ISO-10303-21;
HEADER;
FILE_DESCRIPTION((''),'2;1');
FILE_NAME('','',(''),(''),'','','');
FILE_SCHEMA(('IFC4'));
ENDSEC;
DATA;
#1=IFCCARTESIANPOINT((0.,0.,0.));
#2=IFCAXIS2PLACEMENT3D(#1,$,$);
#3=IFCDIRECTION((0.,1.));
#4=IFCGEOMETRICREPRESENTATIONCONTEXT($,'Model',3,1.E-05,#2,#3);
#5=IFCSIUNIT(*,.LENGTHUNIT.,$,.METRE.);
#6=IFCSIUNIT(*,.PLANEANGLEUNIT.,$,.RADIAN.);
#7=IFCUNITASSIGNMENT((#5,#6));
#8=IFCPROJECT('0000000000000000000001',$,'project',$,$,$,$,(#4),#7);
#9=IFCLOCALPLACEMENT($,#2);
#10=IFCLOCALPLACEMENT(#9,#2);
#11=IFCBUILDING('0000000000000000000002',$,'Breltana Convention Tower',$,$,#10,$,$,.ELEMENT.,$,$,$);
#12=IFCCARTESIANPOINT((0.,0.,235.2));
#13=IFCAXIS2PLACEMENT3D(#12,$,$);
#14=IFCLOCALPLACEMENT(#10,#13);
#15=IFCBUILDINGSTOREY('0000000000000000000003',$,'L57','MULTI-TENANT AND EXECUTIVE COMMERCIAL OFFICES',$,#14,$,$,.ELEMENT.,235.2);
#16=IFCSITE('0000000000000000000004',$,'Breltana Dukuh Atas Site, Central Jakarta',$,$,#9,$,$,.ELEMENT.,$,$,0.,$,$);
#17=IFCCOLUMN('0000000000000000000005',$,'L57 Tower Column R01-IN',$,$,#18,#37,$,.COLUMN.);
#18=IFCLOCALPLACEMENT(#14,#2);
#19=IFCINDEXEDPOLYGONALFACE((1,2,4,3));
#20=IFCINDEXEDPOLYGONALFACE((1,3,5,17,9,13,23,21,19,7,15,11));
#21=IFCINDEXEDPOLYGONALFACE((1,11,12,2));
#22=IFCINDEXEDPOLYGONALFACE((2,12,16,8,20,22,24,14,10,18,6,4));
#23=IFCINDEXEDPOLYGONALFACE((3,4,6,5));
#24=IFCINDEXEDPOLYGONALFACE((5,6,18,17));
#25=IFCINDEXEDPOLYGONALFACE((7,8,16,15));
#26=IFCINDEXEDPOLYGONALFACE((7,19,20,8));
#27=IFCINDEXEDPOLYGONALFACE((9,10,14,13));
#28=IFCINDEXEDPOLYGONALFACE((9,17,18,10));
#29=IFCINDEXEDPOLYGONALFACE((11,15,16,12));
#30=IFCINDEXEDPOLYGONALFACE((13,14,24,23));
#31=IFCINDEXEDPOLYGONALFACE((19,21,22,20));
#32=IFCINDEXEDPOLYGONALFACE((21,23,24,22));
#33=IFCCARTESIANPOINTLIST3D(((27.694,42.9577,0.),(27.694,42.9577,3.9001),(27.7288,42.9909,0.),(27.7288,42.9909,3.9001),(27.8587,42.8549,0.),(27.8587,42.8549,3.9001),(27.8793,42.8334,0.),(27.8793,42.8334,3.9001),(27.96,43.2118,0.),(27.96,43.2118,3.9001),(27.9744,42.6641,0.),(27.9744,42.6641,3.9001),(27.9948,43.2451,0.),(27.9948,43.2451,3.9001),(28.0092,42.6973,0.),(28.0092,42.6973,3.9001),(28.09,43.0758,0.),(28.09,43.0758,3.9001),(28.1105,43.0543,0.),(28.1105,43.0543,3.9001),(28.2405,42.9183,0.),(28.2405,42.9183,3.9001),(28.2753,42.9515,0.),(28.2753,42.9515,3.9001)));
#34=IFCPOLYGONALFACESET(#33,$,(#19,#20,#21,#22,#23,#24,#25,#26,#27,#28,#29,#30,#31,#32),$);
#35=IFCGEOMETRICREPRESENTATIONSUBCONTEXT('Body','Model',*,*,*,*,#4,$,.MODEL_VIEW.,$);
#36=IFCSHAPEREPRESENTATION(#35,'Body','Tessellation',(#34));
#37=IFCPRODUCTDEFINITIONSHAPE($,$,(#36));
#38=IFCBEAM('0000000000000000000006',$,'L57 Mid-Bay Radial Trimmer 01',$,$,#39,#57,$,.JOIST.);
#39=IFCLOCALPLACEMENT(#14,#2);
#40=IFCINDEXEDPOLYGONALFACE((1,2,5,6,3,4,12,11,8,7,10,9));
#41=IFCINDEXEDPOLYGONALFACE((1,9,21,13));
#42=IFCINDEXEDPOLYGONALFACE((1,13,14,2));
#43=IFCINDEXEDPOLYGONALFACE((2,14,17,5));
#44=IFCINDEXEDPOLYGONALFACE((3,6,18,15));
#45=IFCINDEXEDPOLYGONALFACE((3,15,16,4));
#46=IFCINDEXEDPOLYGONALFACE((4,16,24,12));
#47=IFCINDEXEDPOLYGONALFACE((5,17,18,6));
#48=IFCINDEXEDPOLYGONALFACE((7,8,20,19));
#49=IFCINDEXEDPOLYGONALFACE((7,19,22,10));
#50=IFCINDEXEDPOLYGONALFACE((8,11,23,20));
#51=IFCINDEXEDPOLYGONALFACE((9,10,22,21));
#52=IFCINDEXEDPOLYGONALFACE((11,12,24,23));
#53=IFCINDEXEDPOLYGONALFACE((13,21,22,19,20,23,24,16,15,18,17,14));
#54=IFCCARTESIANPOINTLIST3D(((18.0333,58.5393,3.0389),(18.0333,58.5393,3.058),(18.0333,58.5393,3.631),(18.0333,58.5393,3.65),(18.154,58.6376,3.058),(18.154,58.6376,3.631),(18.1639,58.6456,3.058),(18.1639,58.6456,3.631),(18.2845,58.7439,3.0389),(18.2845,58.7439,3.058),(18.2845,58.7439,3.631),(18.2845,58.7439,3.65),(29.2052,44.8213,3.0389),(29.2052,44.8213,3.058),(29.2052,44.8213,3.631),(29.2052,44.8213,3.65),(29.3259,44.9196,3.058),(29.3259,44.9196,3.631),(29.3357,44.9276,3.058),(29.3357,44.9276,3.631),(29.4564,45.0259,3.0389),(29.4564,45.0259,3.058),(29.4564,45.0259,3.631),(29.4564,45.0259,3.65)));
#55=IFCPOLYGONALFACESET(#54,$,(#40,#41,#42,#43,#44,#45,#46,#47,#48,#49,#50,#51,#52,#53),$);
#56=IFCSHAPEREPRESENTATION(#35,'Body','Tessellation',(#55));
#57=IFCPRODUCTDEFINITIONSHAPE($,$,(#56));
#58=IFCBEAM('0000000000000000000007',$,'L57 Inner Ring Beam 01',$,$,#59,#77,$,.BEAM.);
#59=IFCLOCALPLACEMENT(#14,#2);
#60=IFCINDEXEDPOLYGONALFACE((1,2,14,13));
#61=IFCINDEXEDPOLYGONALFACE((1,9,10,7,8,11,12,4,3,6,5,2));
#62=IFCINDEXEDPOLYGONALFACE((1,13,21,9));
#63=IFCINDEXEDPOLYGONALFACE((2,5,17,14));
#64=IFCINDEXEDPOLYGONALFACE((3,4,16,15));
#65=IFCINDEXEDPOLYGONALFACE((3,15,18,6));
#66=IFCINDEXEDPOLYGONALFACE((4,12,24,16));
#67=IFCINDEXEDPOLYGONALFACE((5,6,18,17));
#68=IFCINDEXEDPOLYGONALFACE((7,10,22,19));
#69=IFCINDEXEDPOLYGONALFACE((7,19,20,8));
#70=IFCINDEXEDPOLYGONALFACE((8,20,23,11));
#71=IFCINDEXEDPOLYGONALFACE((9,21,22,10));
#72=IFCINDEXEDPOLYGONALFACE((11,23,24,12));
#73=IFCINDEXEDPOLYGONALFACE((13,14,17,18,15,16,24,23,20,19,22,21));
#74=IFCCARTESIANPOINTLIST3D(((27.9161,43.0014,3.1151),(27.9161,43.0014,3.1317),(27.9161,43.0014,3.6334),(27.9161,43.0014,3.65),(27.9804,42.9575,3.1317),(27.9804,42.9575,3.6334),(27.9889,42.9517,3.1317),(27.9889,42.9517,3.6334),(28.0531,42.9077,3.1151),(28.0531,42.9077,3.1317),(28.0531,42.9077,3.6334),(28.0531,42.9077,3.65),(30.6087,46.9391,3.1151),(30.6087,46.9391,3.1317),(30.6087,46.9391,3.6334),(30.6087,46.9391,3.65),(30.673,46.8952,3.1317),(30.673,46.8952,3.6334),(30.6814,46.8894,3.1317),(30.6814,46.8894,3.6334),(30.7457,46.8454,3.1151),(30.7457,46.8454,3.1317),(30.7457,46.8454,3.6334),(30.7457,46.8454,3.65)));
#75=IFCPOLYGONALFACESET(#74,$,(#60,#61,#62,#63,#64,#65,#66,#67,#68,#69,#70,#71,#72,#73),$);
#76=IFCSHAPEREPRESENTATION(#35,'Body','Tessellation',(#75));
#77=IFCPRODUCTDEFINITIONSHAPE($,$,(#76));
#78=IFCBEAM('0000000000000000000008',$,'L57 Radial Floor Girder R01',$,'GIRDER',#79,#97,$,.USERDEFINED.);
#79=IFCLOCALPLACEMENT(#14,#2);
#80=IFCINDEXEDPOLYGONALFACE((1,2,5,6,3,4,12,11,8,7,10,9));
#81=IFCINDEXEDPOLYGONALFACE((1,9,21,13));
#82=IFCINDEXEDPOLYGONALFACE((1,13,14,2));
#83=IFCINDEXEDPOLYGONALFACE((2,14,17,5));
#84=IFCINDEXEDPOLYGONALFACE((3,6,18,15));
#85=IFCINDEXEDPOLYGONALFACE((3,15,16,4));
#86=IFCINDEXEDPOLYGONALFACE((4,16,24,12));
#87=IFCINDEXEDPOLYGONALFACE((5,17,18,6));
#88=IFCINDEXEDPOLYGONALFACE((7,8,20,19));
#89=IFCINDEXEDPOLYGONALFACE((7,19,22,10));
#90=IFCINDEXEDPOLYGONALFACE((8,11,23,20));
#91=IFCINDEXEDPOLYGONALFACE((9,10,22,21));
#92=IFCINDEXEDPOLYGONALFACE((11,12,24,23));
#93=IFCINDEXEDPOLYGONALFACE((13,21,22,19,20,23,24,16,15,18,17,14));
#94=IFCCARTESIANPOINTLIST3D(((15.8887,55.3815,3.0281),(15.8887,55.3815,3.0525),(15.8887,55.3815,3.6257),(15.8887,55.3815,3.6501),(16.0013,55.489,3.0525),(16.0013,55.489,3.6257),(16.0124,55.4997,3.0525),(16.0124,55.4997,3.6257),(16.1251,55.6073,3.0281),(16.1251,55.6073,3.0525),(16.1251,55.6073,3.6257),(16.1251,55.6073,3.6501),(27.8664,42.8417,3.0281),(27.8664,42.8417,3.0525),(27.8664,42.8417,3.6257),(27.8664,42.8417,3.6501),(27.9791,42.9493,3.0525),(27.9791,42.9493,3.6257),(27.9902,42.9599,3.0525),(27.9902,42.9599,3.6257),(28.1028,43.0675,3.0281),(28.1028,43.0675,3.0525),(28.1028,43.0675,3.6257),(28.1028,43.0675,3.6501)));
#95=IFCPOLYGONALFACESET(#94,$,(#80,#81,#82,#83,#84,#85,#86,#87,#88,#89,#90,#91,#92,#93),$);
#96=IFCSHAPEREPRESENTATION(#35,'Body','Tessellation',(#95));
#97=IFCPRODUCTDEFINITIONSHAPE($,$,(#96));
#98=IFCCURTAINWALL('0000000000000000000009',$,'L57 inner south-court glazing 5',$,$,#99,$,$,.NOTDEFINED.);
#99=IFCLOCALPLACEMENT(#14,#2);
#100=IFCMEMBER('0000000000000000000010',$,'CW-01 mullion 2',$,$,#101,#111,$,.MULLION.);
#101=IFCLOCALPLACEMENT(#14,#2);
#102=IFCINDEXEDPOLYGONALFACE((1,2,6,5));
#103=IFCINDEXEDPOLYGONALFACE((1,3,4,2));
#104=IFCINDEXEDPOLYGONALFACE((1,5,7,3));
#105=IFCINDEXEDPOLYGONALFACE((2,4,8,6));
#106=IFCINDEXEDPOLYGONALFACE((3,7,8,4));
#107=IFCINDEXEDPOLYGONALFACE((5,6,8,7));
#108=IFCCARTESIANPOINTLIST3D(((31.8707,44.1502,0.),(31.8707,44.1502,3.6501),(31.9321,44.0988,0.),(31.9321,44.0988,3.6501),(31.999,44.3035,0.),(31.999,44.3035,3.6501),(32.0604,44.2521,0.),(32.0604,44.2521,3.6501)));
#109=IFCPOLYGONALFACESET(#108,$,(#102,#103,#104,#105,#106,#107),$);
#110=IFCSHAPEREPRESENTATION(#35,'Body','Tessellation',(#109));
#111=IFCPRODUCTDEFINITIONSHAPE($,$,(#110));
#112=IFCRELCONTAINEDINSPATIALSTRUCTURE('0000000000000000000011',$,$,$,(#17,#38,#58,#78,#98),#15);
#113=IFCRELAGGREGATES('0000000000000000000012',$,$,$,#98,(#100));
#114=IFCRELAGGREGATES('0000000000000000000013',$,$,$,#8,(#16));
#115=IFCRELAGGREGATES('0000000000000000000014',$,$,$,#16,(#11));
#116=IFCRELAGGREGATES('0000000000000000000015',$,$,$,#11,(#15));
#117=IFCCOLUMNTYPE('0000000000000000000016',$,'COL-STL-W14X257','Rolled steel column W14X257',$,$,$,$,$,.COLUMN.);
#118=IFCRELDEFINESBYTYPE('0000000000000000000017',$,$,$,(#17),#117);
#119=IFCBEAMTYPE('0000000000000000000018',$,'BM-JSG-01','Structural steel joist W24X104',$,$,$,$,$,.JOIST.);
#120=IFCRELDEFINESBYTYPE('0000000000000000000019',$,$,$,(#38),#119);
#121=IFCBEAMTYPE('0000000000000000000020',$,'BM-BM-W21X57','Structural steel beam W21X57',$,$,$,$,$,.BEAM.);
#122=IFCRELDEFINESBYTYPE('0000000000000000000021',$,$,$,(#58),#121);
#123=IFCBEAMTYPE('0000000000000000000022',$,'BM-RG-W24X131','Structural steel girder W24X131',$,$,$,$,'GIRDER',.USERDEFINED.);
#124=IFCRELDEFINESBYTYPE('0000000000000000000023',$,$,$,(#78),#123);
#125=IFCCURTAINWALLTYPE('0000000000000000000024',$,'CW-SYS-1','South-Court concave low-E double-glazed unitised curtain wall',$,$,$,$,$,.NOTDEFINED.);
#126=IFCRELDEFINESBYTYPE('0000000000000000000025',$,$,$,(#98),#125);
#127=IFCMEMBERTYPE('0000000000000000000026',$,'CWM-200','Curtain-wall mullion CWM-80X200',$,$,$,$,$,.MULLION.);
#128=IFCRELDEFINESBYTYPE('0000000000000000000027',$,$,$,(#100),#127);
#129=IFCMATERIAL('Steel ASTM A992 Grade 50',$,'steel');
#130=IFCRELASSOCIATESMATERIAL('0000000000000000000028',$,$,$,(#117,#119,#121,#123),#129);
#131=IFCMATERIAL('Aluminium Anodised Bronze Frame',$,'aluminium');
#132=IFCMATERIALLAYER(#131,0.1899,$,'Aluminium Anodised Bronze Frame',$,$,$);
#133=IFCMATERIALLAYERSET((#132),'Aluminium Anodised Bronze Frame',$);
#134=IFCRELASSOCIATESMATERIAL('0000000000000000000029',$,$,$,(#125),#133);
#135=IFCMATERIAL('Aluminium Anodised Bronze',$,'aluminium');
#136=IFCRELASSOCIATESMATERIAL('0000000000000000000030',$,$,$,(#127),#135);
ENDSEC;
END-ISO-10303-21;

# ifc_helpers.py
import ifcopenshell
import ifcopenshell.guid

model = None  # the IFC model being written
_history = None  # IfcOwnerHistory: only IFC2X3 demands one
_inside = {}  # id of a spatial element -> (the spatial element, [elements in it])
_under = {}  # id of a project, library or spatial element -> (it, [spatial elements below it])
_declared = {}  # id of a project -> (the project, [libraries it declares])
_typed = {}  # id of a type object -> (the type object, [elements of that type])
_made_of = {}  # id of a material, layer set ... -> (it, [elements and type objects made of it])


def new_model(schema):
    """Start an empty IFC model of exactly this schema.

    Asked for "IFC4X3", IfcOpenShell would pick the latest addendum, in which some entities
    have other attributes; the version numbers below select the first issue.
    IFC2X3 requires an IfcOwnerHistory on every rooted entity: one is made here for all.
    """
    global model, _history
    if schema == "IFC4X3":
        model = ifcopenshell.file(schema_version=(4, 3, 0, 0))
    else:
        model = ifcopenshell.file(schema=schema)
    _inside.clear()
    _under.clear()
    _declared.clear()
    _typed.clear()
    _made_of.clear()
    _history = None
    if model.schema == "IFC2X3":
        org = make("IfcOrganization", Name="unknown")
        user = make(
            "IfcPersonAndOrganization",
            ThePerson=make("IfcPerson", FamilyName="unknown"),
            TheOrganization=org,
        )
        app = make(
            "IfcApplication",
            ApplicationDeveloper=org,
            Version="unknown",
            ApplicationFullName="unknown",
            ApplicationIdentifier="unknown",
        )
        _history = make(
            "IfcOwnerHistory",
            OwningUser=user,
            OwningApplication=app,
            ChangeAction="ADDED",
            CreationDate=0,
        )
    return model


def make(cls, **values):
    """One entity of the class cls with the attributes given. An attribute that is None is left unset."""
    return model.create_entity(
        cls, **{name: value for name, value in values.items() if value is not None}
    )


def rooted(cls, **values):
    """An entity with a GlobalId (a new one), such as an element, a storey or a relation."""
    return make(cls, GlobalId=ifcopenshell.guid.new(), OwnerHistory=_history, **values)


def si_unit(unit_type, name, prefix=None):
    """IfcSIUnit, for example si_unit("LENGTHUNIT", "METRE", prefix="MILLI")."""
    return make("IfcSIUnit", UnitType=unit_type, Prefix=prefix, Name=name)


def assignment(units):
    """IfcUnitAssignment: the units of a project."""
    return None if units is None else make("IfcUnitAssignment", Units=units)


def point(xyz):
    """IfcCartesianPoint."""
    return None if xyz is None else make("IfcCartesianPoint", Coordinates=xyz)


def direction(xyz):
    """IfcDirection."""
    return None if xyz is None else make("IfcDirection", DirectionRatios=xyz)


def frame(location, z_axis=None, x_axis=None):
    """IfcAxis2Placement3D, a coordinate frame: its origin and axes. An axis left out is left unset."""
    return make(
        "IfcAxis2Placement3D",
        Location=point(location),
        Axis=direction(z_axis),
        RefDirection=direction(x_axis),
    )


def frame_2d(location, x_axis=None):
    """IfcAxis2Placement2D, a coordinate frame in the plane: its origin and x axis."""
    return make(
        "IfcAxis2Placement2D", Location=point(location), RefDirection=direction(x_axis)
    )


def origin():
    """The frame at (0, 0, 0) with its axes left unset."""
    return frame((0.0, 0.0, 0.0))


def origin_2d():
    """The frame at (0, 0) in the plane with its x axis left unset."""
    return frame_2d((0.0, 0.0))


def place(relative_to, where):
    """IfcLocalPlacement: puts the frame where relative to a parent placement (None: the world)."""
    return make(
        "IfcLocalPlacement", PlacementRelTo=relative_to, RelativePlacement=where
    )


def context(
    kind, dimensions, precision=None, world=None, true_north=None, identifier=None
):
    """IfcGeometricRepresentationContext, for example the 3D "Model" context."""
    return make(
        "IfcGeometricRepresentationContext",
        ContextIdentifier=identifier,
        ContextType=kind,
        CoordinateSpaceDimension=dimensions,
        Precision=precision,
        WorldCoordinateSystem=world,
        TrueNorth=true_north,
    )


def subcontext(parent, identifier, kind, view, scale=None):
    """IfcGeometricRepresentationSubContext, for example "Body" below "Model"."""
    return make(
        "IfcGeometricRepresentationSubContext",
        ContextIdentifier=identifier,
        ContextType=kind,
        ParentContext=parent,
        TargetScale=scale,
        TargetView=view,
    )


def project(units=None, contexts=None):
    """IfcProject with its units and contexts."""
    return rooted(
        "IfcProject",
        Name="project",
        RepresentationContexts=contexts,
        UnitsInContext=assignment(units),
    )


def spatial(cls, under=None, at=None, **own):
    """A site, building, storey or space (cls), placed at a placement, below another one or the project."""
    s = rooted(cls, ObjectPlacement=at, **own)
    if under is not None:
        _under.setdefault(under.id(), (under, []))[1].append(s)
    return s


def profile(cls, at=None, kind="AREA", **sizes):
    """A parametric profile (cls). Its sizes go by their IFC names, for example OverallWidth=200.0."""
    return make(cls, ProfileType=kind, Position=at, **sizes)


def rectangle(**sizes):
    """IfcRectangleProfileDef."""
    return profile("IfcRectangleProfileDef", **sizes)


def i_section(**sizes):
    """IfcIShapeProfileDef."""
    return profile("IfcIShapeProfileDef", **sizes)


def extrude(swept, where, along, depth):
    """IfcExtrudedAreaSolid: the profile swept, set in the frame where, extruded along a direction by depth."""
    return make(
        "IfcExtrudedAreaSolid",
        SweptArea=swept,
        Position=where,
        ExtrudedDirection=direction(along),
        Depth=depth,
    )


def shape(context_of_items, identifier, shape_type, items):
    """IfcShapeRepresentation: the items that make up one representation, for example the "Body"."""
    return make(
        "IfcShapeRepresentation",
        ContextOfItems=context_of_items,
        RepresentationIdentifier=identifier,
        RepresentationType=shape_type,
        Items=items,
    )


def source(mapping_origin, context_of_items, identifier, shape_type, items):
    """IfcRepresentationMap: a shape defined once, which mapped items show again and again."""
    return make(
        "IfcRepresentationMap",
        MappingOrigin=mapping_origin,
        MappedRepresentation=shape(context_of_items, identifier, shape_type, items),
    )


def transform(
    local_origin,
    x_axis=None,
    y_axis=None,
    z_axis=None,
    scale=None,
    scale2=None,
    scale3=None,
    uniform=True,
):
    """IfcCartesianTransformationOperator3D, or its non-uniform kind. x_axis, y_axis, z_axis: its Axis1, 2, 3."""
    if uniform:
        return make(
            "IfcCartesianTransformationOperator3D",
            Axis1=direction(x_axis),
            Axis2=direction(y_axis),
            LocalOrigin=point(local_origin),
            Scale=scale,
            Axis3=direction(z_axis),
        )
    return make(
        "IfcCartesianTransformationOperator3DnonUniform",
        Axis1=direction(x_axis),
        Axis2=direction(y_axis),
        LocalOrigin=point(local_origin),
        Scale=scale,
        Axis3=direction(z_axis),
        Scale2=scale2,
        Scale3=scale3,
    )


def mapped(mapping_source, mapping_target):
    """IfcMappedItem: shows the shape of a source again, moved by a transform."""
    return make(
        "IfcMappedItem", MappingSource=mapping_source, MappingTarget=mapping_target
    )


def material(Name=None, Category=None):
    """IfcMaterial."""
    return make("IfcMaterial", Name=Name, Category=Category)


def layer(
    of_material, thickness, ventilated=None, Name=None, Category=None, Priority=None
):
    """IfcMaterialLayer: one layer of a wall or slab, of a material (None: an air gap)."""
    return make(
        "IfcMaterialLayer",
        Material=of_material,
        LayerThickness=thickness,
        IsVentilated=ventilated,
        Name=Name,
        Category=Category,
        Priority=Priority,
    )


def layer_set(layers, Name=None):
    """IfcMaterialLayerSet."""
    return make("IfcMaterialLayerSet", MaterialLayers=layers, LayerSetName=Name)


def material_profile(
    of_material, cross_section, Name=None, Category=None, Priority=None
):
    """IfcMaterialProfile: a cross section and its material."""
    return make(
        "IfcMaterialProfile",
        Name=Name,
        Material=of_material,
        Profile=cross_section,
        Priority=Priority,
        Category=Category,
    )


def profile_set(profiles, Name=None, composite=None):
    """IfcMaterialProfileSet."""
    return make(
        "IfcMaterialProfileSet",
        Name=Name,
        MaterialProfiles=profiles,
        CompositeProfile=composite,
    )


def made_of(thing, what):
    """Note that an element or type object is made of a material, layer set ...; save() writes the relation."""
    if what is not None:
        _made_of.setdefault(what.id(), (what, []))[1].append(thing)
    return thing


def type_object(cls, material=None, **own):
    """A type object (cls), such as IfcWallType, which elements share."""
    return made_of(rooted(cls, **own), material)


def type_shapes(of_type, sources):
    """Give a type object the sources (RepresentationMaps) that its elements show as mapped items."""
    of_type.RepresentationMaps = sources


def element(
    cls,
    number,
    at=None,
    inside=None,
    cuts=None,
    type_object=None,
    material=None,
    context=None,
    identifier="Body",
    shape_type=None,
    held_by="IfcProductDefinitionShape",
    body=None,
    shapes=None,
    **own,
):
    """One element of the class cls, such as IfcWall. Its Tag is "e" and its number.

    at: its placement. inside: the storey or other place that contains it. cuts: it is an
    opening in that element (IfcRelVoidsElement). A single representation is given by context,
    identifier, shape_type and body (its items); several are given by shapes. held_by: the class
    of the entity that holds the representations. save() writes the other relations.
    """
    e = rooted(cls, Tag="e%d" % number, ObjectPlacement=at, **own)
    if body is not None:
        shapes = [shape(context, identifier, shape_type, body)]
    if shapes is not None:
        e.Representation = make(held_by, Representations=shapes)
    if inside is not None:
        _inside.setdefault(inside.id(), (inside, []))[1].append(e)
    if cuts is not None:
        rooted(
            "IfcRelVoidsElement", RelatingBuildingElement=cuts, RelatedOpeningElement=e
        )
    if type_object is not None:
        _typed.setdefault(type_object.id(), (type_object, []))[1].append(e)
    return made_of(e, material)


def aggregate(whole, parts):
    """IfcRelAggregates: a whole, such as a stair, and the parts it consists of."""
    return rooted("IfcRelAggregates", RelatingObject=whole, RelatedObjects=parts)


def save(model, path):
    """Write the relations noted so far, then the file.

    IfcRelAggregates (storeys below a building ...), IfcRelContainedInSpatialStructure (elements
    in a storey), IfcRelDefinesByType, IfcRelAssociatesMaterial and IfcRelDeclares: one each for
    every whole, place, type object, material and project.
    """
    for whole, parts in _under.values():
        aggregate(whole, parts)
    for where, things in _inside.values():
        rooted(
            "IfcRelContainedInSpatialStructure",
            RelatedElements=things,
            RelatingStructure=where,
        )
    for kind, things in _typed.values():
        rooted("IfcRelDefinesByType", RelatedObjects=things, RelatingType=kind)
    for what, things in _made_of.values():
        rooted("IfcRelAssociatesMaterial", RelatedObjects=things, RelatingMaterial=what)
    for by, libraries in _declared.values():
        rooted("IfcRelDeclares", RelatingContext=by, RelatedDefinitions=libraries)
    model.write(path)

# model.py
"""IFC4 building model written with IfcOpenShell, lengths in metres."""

from ifc_helpers import new_model, si_unit, direction, frame, origin, origin_2d, place, context, subcontext, project, spatial, rectangle, i_section, extrude, source, transform, mapped, material, layer, layer_set, material_profile, profile_set, type_object, type_shapes, element, aggregate, save


model = new_model("IFC4")

# Units and contexts
model_context = context("Model", 3, precision=1e-05, world=origin(), true_north=direction((0.0, 1.0)))
body_context = subcontext(model_context, "Body", "Model", "MODEL_VIEW")
ifc_project = project(units=[si_unit("LENGTHUNIT", "METRE"), si_unit("PLANEANGLEUNIT", "RADIAN")], contexts=[model_context])

# Site, building, storey
site_placement = place(None, origin())
site = spatial("IfcSite", under=ifc_project, at=site_placement, Name="Breltana Dukuh Atas Site, Central Jakarta", CompositionType="ELEMENT", RefElevation=0.0)
building_placement = place(site_placement, origin())
building = spatial("IfcBuilding", under=site, at=building_placement, Name="Breltana Convention Tower", CompositionType="ELEMENT")
storey_placement = place(building_placement, frame((0.0, 0.0, 235.2)))
storey = spatial("IfcBuildingStorey", under=building, at=storey_placement, Name="L57", Description="MULTI-TENANT AND EXECUTIVE COMMERCIAL OFFICES", CompositionType="ELEMENT", Elevation=235.2)

# Column
ifc_material_1 = material(Name="Steel ASTM A992 Grade 50", Category="steel")
ifc_material_profile_1 = material_profile(ifc_material_1, i_section(OverallWidth=0.406, OverallDepth=0.416, WebThickness=0.0298, FlangeThickness=0.0481, at=origin_2d()), Name="W14X257")
ifc_profile_set_1 = profile_set([ifc_material_profile_1], Name="Steel ASTM A992 Grade 50")
column_type = type_object("IfcColumnType", Name="COL-STL-W14X257", Description="Rolled steel column W14X257", PredefinedType="COLUMN", material=ifc_profile_set_1)
shared_shape_1 = source(origin(), body_context, "Body", "SweptSolid", [
    extrude(i_section(OverallWidth=0.406, OverallDepth=0.416, WebThickness=0.0298, FlangeThickness=0.0481, at=origin_2d()), origin(), (0.0, 0.0, 1.0), 3.9001),
])
column_placement = place(storey_placement, frame((27.9846, 42.9546, 0.0), z_axis=(0.0, 0.0, 1.0), x_axis=(-0.690756, 0.723088, 0.0)))
element("IfcColumn", 1, at=column_placement, inside=storey, type_object=column_type, Name="L57 Tower Column R01-IN", PredefinedType="COLUMN", context=body_context, shape_type="MappedRepresentation", body=[
    mapped(shared_shape_1, transform((0.0, 0.0, 0.0), scale=1.0)),
])

# Beams
ifc_material_profile_2 = material_profile(ifc_material_1, i_section(OverallWidth=0.324, OverallDepth=0.6111, WebThickness=0.0127, FlangeThickness=0.019, at=origin_2d()), Name="W24X104")
ifc_profile_set_2 = profile_set([ifc_material_profile_2], Name="Steel ASTM A992 Grade 50")
beam_type_1 = type_object("IfcBeamType", Name="BM-JSG-01", Description="Structural steel joist W24X104", PredefinedType="JOIST", material=ifc_profile_set_2)
shared_shape_2 = source(origin(), body_context, "Body", "SweptSolid", [
    extrude(i_section(OverallWidth=0.324, OverallDepth=0.6111, WebThickness=0.0127, FlangeThickness=0.019, at=origin_2d()), origin(), (0.0, 0.0, 1.0), 17.6917),
])
type_shapes(beam_type_1, [shared_shape_2])
beam_1_placement = place(storey_placement, frame((29.3308, 44.9236, 3.3445), z_axis=(-0.631477, 0.775395, 0.0), x_axis=(-0.775395, -0.631477, 0.0)))
element("IfcBeam", 2, at=beam_1_placement, inside=storey, type_object=beam_type_1, Name="L57 Mid-Bay Radial Trimmer 01", PredefinedType="JOIST", context=body_context, shape_type="MappedRepresentation", body=[
    mapped(shared_shape_2, transform((0.0, 0.0, 0.0), scale=1.0)),
])
ifc_material_profile_3 = material_profile(ifc_material_1, i_section(OverallWidth=0.166, OverallDepth=0.5349, WebThickness=0.0103, FlangeThickness=0.0166, at=origin_2d()), Name="W21X57")
ifc_profile_set_3 = profile_set([ifc_material_profile_3], Name="Steel ASTM A992 Grade 50")
beam_type_2 = type_object("IfcBeamType", Name="BM-BM-W21X57", Description="Structural steel beam W21X57", PredefinedType="BEAM", material=ifc_profile_set_3)
shared_shape_3 = source(origin(), body_context, "Body", "SweptSolid", [
    extrude(i_section(OverallWidth=0.166, OverallDepth=0.5349, WebThickness=0.0103, FlangeThickness=0.0166, at=origin_2d()), origin(), (0.0, 0.0, 1.0), 4.7703),
])
beam_2_placement = place(storey_placement, frame((27.9846, 42.9546, 3.3826), z_axis=(0.564453, 0.825465, 0.0), x_axis=(-0.825465, 0.564453, 0.0)))
element("IfcBeam", 3, at=beam_2_placement, inside=storey, type_object=beam_type_2, Name="L57 Inner Ring Beam 01", PredefinedType="BEAM", context=body_context, shape_type="MappedRepresentation", body=[
    mapped(shared_shape_3, transform((0.0, 0.0, 0.0), scale=1.0)),
])
ifc_material_profile_4 = material_profile(ifc_material_1, i_section(OverallWidth=0.3269, OverallDepth=0.6221, WebThickness=0.0154, FlangeThickness=0.0244, at=origin_2d()), Name="W24X131")
ifc_profile_set_4 = profile_set([ifc_material_profile_4], Name="Steel ASTM A992 Grade 50")
beam_type_3 = type_object("IfcBeamType", Name="BM-RG-W24X131", Description="Structural steel girder W24X131", ElementType="GIRDER", PredefinedType="USERDEFINED", material=ifc_profile_set_4)
shared_shape_4 = source(origin(), body_context, "Body", "SweptSolid", [
    extrude(i_section(OverallWidth=0.3269, OverallDepth=0.6221, WebThickness=0.0154, FlangeThickness=0.0244, at=origin_2d()), origin(), (0.0, 0.0, 1.0), 17.3411),
])
type_shapes(beam_type_3, [shared_shape_4])
beam_3_placement = place(storey_placement, frame((27.9846, 42.9546, 3.3391), z_axis=(-0.690716, 0.723126, 0.0), x_axis=(-0.723126, -0.690716, 0.0)))
element("IfcBeam", 4, at=beam_3_placement, inside=storey, type_object=beam_type_3, Name="L57 Radial Floor Girder R01", ObjectType="GIRDER", PredefinedType="USERDEFINED", context=body_context, shape_type="MappedRepresentation", body=[
    mapped(shared_shape_4, transform((0.0, 0.0, 0.0), scale=1.0)),
])

# Curtain wall, member
ifc_material_2 = material(Name="Aluminium Anodised Bronze Frame", Category="aluminium")
ifc_layer_1 = layer(ifc_material_2, 0.1899, Name="Aluminium Anodised Bronze Frame")
ifc_layer_set_1 = layer_set([ifc_layer_1], Name="Aluminium Anodised Bronze Frame")
curtain_wall_type = type_object("IfcCurtainWallType", Name="CW-SYS-1", Description="South-Court concave low-E double-glazed unitised curtain wall", PredefinedType="NOTDEFINED", material=ifc_layer_set_1)
curtain_wall_placement = place(storey_placement, origin())
curtain_wall = element("IfcCurtainWall", 5, at=curtain_wall_placement, inside=storey, type_object=curtain_wall_type, Name="L57 inner south-court glazing 5", PredefinedType="NOTDEFINED")
ifc_material_3 = material(Name="Aluminium Anodised Bronze", Category="aluminium")
ifc_material_profile_5 = material_profile(ifc_material_3, rectangle(XDim=0.0801, YDim=0.2, at=origin_2d()), Name="CWM-80X200")
ifc_profile_set_5 = profile_set([ifc_material_profile_5], Name="Aluminium Anodised Bronze")
member_type = type_object("IfcMemberType", Name="CWM-200", Description="Curtain-wall mullion CWM-80X200", PredefinedType="MULLION", material=ifc_profile_set_5)
shared_shape_5 = source(origin(), body_context, "Body", "SweptSolid", [
    extrude(rectangle(XDim=0.0801, YDim=0.2, at=origin_2d()), origin(), (0.0, 0.0, 1.0), 3.6501),
])
member_placement = place(storey_placement, frame((31.9656, 44.2012, 0.0), z_axis=(0.0, 0.0, 1.0), x_axis=(0.766884, -0.641785, 0.0)))
member = element("IfcMember", 6, at=member_placement, type_object=member_type, Name="CW-01 mullion 2", PredefinedType="MULLION", context=body_context, shape_type="MappedRepresentation", body=[
    mapped(shared_shape_5, transform((0.0, 0.0, 0.0), scale=1.0)),
])

aggregate(curtain_wall, [member])

save(model, "model.ifc")
